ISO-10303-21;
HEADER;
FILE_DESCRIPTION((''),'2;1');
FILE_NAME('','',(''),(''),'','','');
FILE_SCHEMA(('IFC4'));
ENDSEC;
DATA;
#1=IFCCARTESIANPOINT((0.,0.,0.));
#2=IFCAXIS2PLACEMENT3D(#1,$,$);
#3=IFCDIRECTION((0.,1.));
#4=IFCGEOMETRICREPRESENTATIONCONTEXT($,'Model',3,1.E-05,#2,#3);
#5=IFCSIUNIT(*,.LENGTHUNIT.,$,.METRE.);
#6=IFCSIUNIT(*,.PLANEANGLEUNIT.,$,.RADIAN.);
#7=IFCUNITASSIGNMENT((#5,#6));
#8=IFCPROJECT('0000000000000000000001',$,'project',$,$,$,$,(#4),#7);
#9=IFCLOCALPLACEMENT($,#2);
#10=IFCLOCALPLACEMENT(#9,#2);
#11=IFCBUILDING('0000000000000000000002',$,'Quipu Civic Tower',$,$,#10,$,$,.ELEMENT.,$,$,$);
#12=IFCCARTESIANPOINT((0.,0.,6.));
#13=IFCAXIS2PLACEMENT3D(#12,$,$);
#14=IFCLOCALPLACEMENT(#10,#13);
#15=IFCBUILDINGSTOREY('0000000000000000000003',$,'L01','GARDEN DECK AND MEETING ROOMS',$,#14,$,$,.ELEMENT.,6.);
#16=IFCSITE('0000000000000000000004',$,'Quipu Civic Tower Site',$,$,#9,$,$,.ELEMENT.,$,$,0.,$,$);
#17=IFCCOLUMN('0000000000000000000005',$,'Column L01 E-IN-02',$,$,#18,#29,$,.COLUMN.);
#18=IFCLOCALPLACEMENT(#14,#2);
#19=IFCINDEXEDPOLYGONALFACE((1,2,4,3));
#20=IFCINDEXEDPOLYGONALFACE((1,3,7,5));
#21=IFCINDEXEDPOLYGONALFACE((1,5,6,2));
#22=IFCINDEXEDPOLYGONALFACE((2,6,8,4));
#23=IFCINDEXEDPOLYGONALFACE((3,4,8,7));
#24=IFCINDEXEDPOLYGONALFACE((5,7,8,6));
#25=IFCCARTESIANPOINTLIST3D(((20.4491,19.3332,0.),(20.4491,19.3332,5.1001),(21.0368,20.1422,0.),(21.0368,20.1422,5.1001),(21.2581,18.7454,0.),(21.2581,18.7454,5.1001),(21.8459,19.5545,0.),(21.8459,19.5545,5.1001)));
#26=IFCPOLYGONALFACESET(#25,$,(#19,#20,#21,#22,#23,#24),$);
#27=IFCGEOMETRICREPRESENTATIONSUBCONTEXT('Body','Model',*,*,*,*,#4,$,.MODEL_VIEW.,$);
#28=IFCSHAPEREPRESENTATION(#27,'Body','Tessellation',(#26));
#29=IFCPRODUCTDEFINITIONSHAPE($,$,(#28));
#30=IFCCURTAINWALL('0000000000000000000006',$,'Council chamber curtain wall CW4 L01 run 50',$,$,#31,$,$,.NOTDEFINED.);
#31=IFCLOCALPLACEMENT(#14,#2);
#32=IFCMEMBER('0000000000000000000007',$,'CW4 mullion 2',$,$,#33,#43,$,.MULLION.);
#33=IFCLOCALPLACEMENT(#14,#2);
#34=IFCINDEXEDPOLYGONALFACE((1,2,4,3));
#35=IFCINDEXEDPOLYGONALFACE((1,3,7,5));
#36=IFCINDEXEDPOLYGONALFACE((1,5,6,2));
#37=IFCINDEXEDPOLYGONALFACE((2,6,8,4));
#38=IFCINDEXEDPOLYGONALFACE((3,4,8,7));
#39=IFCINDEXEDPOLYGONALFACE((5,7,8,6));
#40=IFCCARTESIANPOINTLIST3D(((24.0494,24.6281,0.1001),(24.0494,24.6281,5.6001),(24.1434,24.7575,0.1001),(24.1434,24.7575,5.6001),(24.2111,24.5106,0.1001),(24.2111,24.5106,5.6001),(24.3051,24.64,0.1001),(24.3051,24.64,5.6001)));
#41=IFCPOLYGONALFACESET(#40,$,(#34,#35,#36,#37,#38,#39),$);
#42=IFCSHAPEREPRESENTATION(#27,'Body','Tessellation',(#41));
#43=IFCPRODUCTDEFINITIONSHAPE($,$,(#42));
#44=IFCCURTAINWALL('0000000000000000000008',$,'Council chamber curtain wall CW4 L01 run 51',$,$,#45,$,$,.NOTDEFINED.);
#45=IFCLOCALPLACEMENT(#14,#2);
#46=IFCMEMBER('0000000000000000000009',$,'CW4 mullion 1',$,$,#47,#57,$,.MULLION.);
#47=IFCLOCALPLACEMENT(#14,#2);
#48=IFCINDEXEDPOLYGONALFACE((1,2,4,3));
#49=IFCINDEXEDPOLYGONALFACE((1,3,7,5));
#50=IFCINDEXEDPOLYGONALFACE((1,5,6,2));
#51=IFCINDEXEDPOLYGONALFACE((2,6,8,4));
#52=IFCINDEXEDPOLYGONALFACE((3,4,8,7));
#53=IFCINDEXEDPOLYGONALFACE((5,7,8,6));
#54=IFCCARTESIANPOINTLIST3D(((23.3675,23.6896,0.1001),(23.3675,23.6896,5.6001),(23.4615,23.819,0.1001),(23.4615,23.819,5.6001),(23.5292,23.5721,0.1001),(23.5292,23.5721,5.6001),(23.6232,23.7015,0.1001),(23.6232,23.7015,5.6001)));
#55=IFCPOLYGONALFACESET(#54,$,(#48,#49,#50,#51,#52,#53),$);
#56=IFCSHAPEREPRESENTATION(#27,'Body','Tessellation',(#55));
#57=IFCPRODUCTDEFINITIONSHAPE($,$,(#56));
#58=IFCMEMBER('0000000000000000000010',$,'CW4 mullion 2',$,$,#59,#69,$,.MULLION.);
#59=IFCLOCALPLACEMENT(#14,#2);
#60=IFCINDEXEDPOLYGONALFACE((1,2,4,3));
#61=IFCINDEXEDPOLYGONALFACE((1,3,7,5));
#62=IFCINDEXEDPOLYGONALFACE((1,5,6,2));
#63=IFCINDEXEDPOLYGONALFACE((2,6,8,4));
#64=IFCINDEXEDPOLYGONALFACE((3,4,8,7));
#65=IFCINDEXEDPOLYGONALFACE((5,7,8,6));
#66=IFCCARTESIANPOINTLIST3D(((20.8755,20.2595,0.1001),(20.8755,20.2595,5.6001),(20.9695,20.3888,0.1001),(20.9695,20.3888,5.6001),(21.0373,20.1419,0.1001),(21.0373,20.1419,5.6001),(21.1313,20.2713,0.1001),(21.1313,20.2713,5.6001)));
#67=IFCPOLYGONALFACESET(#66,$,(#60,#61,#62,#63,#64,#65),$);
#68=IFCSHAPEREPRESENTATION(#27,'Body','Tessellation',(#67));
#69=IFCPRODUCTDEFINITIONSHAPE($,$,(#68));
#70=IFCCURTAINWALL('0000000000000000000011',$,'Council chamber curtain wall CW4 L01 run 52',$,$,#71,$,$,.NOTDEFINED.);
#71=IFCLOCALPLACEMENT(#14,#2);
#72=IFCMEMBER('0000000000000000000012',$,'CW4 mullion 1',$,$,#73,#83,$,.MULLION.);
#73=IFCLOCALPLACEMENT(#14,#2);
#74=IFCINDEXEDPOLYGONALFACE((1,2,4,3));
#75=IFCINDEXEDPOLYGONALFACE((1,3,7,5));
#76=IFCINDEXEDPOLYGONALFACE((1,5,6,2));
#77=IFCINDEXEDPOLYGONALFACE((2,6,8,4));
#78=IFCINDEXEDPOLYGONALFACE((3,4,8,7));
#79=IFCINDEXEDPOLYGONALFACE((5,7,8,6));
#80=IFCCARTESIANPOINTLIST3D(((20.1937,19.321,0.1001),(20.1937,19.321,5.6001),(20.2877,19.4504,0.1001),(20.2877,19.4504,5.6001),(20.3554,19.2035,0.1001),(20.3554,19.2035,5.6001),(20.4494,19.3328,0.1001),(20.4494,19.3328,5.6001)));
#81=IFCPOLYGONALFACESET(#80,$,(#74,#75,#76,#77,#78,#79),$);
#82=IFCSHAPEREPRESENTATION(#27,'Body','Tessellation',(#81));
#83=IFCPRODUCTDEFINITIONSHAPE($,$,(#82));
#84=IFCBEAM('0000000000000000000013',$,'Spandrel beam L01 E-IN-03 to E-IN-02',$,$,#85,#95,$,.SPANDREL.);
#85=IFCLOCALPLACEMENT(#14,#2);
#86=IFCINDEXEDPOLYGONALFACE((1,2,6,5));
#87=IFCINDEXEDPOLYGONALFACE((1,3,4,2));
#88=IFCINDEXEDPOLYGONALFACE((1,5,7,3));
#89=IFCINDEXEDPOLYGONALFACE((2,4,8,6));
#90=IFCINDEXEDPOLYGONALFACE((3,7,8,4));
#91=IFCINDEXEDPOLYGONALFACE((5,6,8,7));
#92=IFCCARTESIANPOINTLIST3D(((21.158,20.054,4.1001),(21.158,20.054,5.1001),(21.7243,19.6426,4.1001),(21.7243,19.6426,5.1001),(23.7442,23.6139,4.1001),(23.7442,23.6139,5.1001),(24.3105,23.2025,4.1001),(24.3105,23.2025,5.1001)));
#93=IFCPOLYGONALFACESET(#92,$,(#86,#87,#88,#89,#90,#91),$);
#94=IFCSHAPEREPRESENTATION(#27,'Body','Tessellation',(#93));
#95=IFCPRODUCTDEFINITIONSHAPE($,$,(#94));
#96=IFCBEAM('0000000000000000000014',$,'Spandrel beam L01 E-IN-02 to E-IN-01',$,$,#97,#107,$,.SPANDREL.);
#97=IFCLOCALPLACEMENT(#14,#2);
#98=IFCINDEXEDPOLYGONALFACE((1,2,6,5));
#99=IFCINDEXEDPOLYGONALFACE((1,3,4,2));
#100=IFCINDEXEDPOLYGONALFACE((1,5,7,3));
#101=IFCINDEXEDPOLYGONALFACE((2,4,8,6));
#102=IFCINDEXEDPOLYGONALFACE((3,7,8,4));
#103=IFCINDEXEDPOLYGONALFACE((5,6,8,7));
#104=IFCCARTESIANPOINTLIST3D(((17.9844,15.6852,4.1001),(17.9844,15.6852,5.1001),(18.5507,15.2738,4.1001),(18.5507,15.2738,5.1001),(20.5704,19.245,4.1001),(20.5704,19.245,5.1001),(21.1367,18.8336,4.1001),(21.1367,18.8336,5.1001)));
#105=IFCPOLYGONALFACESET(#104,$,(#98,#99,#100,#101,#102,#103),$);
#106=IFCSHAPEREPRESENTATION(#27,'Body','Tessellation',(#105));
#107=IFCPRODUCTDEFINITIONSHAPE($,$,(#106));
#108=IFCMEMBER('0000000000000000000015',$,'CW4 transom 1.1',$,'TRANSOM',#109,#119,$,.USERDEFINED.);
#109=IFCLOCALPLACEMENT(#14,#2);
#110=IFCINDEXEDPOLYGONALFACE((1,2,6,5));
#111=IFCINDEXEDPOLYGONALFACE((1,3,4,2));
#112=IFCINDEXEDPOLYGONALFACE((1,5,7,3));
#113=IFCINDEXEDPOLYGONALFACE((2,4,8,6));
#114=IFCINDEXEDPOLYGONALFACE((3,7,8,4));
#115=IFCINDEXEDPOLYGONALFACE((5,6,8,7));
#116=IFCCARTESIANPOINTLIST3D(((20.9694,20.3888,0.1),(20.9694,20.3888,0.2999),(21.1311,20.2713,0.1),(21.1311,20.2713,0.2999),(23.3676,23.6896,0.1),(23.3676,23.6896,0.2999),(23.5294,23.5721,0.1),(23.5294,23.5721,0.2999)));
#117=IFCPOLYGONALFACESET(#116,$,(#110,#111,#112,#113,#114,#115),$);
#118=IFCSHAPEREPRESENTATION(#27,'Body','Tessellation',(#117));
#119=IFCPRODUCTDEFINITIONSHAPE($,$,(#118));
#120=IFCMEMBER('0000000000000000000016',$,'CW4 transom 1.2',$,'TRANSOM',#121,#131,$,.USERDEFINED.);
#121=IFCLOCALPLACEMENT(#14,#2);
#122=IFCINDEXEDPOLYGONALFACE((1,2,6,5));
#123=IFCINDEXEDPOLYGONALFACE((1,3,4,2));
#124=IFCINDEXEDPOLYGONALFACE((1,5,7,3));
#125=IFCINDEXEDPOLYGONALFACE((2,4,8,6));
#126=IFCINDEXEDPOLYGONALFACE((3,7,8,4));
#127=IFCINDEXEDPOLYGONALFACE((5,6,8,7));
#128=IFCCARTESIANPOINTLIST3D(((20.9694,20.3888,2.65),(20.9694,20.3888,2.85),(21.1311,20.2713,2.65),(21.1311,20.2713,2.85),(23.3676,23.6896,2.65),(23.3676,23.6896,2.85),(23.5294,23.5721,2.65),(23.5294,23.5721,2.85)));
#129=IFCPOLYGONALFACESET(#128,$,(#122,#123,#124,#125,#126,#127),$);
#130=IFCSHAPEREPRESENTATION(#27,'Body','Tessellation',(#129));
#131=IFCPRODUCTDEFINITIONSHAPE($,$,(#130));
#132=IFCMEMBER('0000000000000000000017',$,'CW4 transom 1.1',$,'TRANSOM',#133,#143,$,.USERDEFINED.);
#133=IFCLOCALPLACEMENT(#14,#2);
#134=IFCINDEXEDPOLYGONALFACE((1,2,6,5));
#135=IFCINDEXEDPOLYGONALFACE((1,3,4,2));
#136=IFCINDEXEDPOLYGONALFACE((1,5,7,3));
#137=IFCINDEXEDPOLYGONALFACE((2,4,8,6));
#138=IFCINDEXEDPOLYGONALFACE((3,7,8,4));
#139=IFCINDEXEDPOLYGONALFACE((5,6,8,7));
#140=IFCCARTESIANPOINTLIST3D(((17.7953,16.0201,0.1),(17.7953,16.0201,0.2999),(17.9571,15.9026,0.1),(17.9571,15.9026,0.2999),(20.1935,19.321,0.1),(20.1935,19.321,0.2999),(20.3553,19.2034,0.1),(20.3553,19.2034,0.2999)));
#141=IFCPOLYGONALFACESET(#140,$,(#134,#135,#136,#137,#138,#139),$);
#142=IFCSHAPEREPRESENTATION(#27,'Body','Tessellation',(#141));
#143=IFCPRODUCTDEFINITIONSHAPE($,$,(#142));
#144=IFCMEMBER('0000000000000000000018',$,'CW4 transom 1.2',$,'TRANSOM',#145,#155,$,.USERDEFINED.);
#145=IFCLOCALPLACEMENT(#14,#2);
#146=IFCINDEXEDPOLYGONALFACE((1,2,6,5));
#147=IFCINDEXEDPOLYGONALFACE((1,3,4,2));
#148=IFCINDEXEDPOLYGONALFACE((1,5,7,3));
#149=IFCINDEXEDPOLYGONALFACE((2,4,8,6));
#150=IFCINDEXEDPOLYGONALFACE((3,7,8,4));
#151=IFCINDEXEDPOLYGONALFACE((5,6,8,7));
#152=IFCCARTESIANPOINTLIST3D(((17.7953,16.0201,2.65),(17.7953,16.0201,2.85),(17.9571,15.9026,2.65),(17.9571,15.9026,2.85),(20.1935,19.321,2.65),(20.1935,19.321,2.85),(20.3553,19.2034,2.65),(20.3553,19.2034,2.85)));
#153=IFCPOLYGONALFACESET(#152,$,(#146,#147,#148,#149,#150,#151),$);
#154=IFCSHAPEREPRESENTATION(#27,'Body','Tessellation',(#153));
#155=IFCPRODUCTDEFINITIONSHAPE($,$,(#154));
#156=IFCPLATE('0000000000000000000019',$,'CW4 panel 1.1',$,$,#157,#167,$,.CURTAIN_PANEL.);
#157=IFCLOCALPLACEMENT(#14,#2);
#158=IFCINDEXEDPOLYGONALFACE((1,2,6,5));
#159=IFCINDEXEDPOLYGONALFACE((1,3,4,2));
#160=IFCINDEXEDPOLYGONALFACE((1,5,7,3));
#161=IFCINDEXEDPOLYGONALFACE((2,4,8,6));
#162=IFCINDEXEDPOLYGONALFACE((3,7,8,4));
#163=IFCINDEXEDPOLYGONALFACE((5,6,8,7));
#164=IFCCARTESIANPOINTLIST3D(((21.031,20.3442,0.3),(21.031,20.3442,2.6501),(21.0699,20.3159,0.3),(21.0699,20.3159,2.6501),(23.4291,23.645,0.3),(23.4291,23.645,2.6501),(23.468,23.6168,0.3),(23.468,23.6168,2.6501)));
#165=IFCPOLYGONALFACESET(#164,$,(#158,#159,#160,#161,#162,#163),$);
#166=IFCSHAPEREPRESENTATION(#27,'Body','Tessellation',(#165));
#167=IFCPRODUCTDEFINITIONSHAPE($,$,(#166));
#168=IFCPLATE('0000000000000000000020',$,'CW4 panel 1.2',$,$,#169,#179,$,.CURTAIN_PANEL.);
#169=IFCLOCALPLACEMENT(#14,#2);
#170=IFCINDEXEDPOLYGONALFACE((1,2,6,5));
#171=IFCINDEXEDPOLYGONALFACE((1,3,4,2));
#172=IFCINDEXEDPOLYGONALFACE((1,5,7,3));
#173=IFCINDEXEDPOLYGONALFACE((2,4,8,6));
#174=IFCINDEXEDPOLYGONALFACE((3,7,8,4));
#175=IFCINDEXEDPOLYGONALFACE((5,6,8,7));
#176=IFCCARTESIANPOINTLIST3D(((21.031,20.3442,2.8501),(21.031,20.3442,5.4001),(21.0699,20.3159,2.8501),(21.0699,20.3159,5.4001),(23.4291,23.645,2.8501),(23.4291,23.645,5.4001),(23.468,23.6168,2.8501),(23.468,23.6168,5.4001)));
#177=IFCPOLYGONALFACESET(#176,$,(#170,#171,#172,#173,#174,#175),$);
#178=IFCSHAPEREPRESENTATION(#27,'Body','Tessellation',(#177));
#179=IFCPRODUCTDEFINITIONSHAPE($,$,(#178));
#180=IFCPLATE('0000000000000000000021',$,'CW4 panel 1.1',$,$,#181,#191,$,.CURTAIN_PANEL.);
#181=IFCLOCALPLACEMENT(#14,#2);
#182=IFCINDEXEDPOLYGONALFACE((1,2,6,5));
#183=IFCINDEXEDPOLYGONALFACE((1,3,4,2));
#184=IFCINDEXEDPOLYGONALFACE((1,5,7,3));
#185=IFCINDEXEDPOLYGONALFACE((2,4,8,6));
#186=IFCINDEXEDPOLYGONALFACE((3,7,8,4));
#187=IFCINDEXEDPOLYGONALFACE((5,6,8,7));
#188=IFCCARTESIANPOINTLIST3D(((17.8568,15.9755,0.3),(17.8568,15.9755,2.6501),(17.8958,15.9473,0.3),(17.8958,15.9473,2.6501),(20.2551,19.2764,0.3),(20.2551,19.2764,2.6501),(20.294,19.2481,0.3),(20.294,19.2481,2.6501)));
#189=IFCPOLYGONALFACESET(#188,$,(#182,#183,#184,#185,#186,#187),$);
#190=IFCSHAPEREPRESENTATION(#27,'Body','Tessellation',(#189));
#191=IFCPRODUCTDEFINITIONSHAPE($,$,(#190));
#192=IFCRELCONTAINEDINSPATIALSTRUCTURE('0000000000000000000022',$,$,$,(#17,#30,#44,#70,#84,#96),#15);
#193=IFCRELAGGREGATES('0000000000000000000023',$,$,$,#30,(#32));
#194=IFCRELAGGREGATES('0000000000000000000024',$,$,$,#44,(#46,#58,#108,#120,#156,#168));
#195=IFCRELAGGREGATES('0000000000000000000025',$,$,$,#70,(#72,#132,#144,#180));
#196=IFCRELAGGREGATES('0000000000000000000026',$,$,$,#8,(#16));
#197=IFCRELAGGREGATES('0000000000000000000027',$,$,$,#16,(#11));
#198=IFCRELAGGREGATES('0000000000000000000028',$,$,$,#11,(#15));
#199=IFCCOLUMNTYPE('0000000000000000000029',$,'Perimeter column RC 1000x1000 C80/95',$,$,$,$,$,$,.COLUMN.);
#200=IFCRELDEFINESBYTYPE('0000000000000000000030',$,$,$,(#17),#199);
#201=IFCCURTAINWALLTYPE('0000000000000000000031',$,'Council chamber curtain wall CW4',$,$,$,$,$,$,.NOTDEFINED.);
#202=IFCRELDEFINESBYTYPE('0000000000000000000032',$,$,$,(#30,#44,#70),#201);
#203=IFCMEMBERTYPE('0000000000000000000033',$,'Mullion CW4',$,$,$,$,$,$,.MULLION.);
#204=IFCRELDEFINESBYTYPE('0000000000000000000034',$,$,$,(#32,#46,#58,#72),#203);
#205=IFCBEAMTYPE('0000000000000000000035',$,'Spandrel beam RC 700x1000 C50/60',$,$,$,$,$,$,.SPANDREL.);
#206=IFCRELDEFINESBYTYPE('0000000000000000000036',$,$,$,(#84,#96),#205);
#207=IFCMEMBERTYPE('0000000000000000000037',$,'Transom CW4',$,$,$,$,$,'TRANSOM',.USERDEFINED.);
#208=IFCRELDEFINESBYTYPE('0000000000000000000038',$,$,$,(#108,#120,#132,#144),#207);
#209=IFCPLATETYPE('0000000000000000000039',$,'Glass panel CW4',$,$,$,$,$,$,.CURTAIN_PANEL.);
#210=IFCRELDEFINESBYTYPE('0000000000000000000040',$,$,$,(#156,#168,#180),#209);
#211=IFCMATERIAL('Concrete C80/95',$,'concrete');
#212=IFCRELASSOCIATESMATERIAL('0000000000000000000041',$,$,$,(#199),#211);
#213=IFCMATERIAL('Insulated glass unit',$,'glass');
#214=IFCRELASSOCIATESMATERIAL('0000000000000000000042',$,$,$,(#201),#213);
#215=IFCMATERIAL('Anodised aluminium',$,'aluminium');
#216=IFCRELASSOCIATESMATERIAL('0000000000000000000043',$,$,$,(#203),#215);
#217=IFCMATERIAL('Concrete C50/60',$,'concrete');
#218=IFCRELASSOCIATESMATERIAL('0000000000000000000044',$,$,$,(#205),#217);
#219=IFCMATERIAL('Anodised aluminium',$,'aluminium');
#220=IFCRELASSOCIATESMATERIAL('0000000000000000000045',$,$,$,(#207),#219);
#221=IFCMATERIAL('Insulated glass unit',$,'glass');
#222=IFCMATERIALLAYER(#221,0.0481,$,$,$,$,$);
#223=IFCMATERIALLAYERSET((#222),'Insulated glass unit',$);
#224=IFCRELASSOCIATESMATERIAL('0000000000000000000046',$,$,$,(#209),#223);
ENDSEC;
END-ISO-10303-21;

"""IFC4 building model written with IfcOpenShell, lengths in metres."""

from ifc_helpers import new_model, si_unit, direction, frame, origin, origin_2d, place, context, subcontext, project, spatial, rectangle, extrude, material, layer, layer_set, material_profile, profile_set, type_object, element, aggregate, save


model = new_model("IFC4")

# Units and contexts
model_context = context("Model", 3, precision=1e-05, world=origin(), true_north=direction((0.0, 1.0)))
body_context = subcontext(model_context, "Body", "Model", "MODEL_VIEW")
ifc_project = project(units=[si_unit("LENGTHUNIT", "METRE"), si_unit("PLANEANGLEUNIT", "RADIAN")], contexts=[model_context])

# Site, building, storey
site_placement = place(None, origin())
site = spatial("IfcSite", under=ifc_project, at=site_placement, Name="Quipu Civic Tower Site", CompositionType="ELEMENT", RefElevation=0.0)
building_placement = place(site_placement, origin())
building = spatial("IfcBuilding", under=site, at=building_placement, Name="Quipu Civic Tower", CompositionType="ELEMENT")
storey_placement = place(building_placement, frame((0.0, 0.0, 6.0)))
storey = spatial("IfcBuildingStorey", under=building, at=storey_placement, Name="L01", Description="GARDEN DECK AND MEETING ROOMS", CompositionType="ELEMENT", Elevation=6.0)

# Column
ifc_material_1 = material(Name="Concrete C80/95", Category="concrete")
ifc_material_profile_1 = material_profile(ifc_material_1, rectangle(XDim=1.0, YDim=1.0, at=origin_2d()), Name="RC1000x1000")
ifc_profile_set_1 = profile_set([ifc_material_profile_1], Name="Concrete C80/95")
column_type = type_object("IfcColumnType", Name="Perimeter column RC 1000x1000 C80/95", PredefinedType="COLUMN", material=ifc_profile_set_1)
column_placement = place(storey_placement, frame((21.1475, 19.4438, 0.0), z_axis=(0.0, 0.0, 1.0), x_axis=(-0.587785, -0.809017, 0.0)))
element("IfcColumn", 1, at=column_placement, inside=storey, type_object=column_type, Name="Column L01 E-IN-02", PredefinedType="COLUMN", context=body_context, shape_type="SweptSolid", body=[
    extrude(rectangle(XDim=1.0, YDim=1.0, at=origin_2d()), origin(), (0.0, 0.0, 1.0), 5.1001),
])

# Curtain wall, member
ifc_material_2 = material(Name="Insulated glass unit", Category="glass")
curtain_wall_type = type_object("IfcCurtainWallType", Name="Council chamber curtain wall CW4", PredefinedType="NOTDEFINED", material=ifc_material_2)
curtain_wall_1_placement = place(storey_placement, origin())
curtain_wall_1 = element("IfcCurtainWall", 2, at=curtain_wall_1_placement, inside=storey, type_object=curtain_wall_type, Name="Council chamber curtain wall CW4 L01 run 50", PredefinedType="NOTDEFINED")
ifc_material_3 = material(Name="Anodised aluminium", Category="aluminium")
ifc_material_profile_2 = material_profile(ifc_material_3, rectangle(XDim=0.2, YDim=0.1599, at=origin_2d()), Name="RECT 200x160")
ifc_profile_set_2 = profile_set([ifc_material_profile_2], Name="Anodised aluminium")
member_type_1 = type_object("IfcMemberType", Name="Mullion CW4", PredefinedType="MULLION", material=ifc_profile_set_2)
member_1_placement = place(storey_placement, frame((24.1772, 24.634, 0.1001), z_axis=(0.0, 0.0, 1.0), x_axis=(0.809013, -0.587791, 0.0)))
member_1 = element("IfcMember", 3, at=member_1_placement, type_object=member_type_1, Name="CW4 mullion 2", PredefinedType="MULLION", context=body_context, shape_type="SweptSolid", body=[
    extrude(rectangle(XDim=0.2, YDim=0.1599, at=origin_2d()), origin(), (0.0, 0.0, 1.0), 5.5),
])
aggregate(curtain_wall_1, [member_1])

# Curtain wall, members
curtain_wall_2_placement = place(storey_placement, origin())
curtain_wall_2 = element("IfcCurtainWall", 4, at=curtain_wall_2_placement, inside=storey, type_object=curtain_wall_type, Name="Council chamber curtain wall CW4 L01 run 51", PredefinedType="NOTDEFINED")
member_2_placement = place(storey_placement, frame((23.4954, 23.6956, 0.1001), z_axis=(0.0, 0.0, 1.0), x_axis=(0.809025, -0.587774, 0.0)))
member_2 = element("IfcMember", 5, at=member_2_placement, type_object=member_type_1, Name="CW4 mullion 1", PredefinedType="MULLION", context=body_context, shape_type="SweptSolid", body=[
    extrude(rectangle(XDim=0.2, YDim=0.1599, at=origin_2d()), origin(), (0.0, 0.0, 1.0), 5.5),
])
member_3_placement = place(storey_placement, frame((21.0034, 20.2654, 0.1001), z_axis=(0.0, 0.0, 1.0), x_axis=(0.809025, -0.587774, 0.0)))
member_3 = element("IfcMember", 6, at=member_3_placement, type_object=member_type_1, Name="CW4 mullion 2", PredefinedType="MULLION", context=body_context, shape_type="SweptSolid", body=[
    extrude(rectangle(XDim=0.2, YDim=0.1599, at=origin_2d()), origin(), (0.0, 0.0, 1.0), 5.5),
])

# Curtain wall, member
curtain_wall_3_placement = place(storey_placement, origin())
curtain_wall_3 = element("IfcCurtainWall", 7, at=curtain_wall_3_placement, inside=storey, type_object=curtain_wall_type, Name="Council chamber curtain wall CW4 L01 run 52", PredefinedType="NOTDEFINED")
member_4_placement = place(storey_placement, frame((20.3215, 19.3269, 0.1001), z_axis=(0.0, 0.0, 1.0), x_axis=(0.809006, -0.5878, 0.0)))
member_4 = element("IfcMember", 8, at=member_4_placement, type_object=member_type_1, Name="CW4 mullion 1", PredefinedType="MULLION", context=body_context, shape_type="SweptSolid", body=[
    extrude(rectangle(XDim=0.2, YDim=0.1599, at=origin_2d()), origin(), (0.0, 0.0, 1.0), 5.5),
])

# Beams
ifc_material_4 = material(Name="Concrete C50/60", Category="concrete")
ifc_material_profile_3 = material_profile(ifc_material_4, rectangle(XDim=0.7, YDim=1.0, at=origin_2d()), Name="RC700x1000")
ifc_profile_set_3 = profile_set([ifc_material_profile_3], Name="Concrete C50/60")
beam_type = type_object("IfcBeamType", Name="Spandrel beam RC 700x1000 C50/60", PredefinedType="SPANDREL", material=ifc_profile_set_3)
beam_1_placement = place(storey_placement, frame((24.0273, 23.4082, 4.6001), z_axis=(-0.587759, -0.809036, 0.0), x_axis=(0.809036, -0.587759, 0.0)))
element("IfcBeam", 9, at=beam_1_placement, inside=storey, type_object=beam_type, Name="Spandrel beam L01 E-IN-03 to E-IN-02", PredefinedType="SPANDREL", context=body_context, shape_type="SweptSolid", body=[
    extrude(rectangle(XDim=0.7, YDim=1.0, at=origin_2d()), origin(), (0.0, 0.0, 1.0), 4.4001),
])
beam_2_placement = place(storey_placement, frame((20.8535, 19.0393, 4.6001), z_axis=(-0.587723, -0.809062, 0.0), x_axis=(0.809062, -0.587723, 0.0)))
element("IfcBeam", 10, at=beam_2_placement, inside=storey, type_object=beam_type, Name="Spandrel beam L01 E-IN-02 to E-IN-01", PredefinedType="SPANDREL", context=body_context, shape_type="SweptSolid", body=[
    extrude(rectangle(XDim=0.7, YDim=1.0, at=origin_2d()), origin(), (0.0, 0.0, 1.0), 4.3999),
])

# Members
ifc_material_5 = material(Name="Anodised aluminium", Category="aluminium")
ifc_material_profile_4 = material_profile(ifc_material_5, rectangle(XDim=0.2, YDim=0.2, at=origin_2d()), Name="RECT 200x200")
ifc_profile_set_4 = profile_set([ifc_material_profile_4], Name="Anodised aluminium")
member_type_2 = type_object("IfcMemberType", Name="Transom CW4", ElementType="TRANSOM", PredefinedType="USERDEFINED", material=ifc_profile_set_4)
member_5_placement = place(storey_placement, frame((23.4485, 23.6309, 0.2), z_axis=(-0.587791, -0.809013, 0.0), x_axis=(0.809013, -0.587791, 0.0)))
member_5 = element("IfcMember", 11, at=member_5_placement, type_object=member_type_2, Name="CW4 transom 1.1", ObjectType="TRANSOM", PredefinedType="USERDEFINED", context=body_context, shape_type="SweptSolid", body=[
    extrude(rectangle(XDim=0.2, YDim=0.2, at=origin_2d()), origin(), (0.0, 0.0, 1.0), 4.0801),
])
member_6_placement = place(storey_placement, frame((23.4485, 23.6309, 2.75), z_axis=(-0.587791, -0.809013, 0.0), x_axis=(0.809013, -0.587791, 0.0)))
member_6 = element("IfcMember", 12, at=member_6_placement, type_object=member_type_2, Name="CW4 transom 1.2", ObjectType="TRANSOM", PredefinedType="USERDEFINED", context=body_context, shape_type="SweptSolid", body=[
    extrude(rectangle(XDim=0.2, YDim=0.2, at=origin_2d()), origin(), (0.0, 0.0, 1.0), 4.0801),
])
member_7_placement = place(storey_placement, frame((20.2744, 19.2622, 0.2), z_axis=(-0.587791, -0.809013, 0.0), x_axis=(0.809013, -0.587791, 0.0)))
member_7 = element("IfcMember", 13, at=member_7_placement, type_object=member_type_2, Name="CW4 transom 1.1", ObjectType="TRANSOM", PredefinedType="USERDEFINED", context=body_context, shape_type="SweptSolid", body=[
    extrude(rectangle(XDim=0.2, YDim=0.2, at=origin_2d()), origin(), (0.0, 0.0, 1.0), 4.0801),
])
member_8_placement = place(storey_placement, frame((20.2744, 19.2622, 2.75), z_axis=(-0.587791, -0.809013, 0.0), x_axis=(0.809013, -0.587791, 0.0)))
member_8 = element("IfcMember", 14, at=member_8_placement, type_object=member_type_2, Name="CW4 transom 1.2", ObjectType="TRANSOM", PredefinedType="USERDEFINED", context=body_context, shape_type="SweptSolid", body=[
    extrude(rectangle(XDim=0.2, YDim=0.2, at=origin_2d()), origin(), (0.0, 0.0, 1.0), 4.0801),
])

# Plates
ifc_material_6 = material(Name="Insulated glass unit", Category="glass")
ifc_layer = layer(ifc_material_6, 0.0481)
ifc_layer_set = layer_set([ifc_layer], Name="Insulated glass unit")
plate_type_1 = type_object("IfcPlateType", Name="Glass panel CW4", PredefinedType="CURTAIN_PANEL", material=ifc_layer_set)
plate_1_placement = place(storey_placement, frame((22.2495, 21.9805, 0.3), z_axis=(0.0, 0.0, 1.0), x_axis=(-0.587774, -0.809025, 0.0)))
plate_1 = element("IfcPlate", 15, at=plate_1_placement, type_object=plate_type_1, Name="CW4 panel 1.1", PredefinedType="CURTAIN_PANEL", context=body_context, shape_type="SweptSolid", body=[
    extrude(rectangle(XDim=4.0801, YDim=0.0481, at=origin_2d()), origin(), (0.0, 0.0, 1.0), 2.3501),
])
plate_2_placement = place(storey_placement, frame((22.2495, 21.9805, 2.8501), z_axis=(0.0, 0.0, 1.0), x_axis=(-0.587774, -0.809025, 0.0)))
plate_2 = element("IfcPlate", 16, at=plate_2_placement, type_object=plate_type_1, Name="CW4 panel 1.2", PredefinedType="CURTAIN_PANEL", context=body_context, shape_type="SweptSolid", body=[
    extrude(rectangle(XDim=4.0801, YDim=0.0481, at=origin_2d()), origin(), (0.0, 0.0, 1.0), 2.55),
])
aggregate(curtain_wall_2, [member_2, member_3, member_5, member_6, plate_1, plate_2])
plate_3_placement = place(storey_placement, frame((19.0754, 17.6118, 0.3), z_axis=(0.0, 0.0, 1.0), x_axis=(-0.5878, -0.809006, 0.0)))
plate_3 = element("IfcPlate", 17, at=plate_3_placement, type_object=plate_type_1, Name="CW4 panel 1.1", PredefinedType="CURTAIN_PANEL", context=body_context, shape_type="SweptSolid", body=[
    extrude(rectangle(XDim=4.0801, YDim=0.0481, at=origin_2d()), origin(), (0.0, 0.0, 1.0), 2.3501),
])
aggregate(curtain_wall_3, [member_4, member_7, member_8, plate_3])

save(model, "model.ifc")
